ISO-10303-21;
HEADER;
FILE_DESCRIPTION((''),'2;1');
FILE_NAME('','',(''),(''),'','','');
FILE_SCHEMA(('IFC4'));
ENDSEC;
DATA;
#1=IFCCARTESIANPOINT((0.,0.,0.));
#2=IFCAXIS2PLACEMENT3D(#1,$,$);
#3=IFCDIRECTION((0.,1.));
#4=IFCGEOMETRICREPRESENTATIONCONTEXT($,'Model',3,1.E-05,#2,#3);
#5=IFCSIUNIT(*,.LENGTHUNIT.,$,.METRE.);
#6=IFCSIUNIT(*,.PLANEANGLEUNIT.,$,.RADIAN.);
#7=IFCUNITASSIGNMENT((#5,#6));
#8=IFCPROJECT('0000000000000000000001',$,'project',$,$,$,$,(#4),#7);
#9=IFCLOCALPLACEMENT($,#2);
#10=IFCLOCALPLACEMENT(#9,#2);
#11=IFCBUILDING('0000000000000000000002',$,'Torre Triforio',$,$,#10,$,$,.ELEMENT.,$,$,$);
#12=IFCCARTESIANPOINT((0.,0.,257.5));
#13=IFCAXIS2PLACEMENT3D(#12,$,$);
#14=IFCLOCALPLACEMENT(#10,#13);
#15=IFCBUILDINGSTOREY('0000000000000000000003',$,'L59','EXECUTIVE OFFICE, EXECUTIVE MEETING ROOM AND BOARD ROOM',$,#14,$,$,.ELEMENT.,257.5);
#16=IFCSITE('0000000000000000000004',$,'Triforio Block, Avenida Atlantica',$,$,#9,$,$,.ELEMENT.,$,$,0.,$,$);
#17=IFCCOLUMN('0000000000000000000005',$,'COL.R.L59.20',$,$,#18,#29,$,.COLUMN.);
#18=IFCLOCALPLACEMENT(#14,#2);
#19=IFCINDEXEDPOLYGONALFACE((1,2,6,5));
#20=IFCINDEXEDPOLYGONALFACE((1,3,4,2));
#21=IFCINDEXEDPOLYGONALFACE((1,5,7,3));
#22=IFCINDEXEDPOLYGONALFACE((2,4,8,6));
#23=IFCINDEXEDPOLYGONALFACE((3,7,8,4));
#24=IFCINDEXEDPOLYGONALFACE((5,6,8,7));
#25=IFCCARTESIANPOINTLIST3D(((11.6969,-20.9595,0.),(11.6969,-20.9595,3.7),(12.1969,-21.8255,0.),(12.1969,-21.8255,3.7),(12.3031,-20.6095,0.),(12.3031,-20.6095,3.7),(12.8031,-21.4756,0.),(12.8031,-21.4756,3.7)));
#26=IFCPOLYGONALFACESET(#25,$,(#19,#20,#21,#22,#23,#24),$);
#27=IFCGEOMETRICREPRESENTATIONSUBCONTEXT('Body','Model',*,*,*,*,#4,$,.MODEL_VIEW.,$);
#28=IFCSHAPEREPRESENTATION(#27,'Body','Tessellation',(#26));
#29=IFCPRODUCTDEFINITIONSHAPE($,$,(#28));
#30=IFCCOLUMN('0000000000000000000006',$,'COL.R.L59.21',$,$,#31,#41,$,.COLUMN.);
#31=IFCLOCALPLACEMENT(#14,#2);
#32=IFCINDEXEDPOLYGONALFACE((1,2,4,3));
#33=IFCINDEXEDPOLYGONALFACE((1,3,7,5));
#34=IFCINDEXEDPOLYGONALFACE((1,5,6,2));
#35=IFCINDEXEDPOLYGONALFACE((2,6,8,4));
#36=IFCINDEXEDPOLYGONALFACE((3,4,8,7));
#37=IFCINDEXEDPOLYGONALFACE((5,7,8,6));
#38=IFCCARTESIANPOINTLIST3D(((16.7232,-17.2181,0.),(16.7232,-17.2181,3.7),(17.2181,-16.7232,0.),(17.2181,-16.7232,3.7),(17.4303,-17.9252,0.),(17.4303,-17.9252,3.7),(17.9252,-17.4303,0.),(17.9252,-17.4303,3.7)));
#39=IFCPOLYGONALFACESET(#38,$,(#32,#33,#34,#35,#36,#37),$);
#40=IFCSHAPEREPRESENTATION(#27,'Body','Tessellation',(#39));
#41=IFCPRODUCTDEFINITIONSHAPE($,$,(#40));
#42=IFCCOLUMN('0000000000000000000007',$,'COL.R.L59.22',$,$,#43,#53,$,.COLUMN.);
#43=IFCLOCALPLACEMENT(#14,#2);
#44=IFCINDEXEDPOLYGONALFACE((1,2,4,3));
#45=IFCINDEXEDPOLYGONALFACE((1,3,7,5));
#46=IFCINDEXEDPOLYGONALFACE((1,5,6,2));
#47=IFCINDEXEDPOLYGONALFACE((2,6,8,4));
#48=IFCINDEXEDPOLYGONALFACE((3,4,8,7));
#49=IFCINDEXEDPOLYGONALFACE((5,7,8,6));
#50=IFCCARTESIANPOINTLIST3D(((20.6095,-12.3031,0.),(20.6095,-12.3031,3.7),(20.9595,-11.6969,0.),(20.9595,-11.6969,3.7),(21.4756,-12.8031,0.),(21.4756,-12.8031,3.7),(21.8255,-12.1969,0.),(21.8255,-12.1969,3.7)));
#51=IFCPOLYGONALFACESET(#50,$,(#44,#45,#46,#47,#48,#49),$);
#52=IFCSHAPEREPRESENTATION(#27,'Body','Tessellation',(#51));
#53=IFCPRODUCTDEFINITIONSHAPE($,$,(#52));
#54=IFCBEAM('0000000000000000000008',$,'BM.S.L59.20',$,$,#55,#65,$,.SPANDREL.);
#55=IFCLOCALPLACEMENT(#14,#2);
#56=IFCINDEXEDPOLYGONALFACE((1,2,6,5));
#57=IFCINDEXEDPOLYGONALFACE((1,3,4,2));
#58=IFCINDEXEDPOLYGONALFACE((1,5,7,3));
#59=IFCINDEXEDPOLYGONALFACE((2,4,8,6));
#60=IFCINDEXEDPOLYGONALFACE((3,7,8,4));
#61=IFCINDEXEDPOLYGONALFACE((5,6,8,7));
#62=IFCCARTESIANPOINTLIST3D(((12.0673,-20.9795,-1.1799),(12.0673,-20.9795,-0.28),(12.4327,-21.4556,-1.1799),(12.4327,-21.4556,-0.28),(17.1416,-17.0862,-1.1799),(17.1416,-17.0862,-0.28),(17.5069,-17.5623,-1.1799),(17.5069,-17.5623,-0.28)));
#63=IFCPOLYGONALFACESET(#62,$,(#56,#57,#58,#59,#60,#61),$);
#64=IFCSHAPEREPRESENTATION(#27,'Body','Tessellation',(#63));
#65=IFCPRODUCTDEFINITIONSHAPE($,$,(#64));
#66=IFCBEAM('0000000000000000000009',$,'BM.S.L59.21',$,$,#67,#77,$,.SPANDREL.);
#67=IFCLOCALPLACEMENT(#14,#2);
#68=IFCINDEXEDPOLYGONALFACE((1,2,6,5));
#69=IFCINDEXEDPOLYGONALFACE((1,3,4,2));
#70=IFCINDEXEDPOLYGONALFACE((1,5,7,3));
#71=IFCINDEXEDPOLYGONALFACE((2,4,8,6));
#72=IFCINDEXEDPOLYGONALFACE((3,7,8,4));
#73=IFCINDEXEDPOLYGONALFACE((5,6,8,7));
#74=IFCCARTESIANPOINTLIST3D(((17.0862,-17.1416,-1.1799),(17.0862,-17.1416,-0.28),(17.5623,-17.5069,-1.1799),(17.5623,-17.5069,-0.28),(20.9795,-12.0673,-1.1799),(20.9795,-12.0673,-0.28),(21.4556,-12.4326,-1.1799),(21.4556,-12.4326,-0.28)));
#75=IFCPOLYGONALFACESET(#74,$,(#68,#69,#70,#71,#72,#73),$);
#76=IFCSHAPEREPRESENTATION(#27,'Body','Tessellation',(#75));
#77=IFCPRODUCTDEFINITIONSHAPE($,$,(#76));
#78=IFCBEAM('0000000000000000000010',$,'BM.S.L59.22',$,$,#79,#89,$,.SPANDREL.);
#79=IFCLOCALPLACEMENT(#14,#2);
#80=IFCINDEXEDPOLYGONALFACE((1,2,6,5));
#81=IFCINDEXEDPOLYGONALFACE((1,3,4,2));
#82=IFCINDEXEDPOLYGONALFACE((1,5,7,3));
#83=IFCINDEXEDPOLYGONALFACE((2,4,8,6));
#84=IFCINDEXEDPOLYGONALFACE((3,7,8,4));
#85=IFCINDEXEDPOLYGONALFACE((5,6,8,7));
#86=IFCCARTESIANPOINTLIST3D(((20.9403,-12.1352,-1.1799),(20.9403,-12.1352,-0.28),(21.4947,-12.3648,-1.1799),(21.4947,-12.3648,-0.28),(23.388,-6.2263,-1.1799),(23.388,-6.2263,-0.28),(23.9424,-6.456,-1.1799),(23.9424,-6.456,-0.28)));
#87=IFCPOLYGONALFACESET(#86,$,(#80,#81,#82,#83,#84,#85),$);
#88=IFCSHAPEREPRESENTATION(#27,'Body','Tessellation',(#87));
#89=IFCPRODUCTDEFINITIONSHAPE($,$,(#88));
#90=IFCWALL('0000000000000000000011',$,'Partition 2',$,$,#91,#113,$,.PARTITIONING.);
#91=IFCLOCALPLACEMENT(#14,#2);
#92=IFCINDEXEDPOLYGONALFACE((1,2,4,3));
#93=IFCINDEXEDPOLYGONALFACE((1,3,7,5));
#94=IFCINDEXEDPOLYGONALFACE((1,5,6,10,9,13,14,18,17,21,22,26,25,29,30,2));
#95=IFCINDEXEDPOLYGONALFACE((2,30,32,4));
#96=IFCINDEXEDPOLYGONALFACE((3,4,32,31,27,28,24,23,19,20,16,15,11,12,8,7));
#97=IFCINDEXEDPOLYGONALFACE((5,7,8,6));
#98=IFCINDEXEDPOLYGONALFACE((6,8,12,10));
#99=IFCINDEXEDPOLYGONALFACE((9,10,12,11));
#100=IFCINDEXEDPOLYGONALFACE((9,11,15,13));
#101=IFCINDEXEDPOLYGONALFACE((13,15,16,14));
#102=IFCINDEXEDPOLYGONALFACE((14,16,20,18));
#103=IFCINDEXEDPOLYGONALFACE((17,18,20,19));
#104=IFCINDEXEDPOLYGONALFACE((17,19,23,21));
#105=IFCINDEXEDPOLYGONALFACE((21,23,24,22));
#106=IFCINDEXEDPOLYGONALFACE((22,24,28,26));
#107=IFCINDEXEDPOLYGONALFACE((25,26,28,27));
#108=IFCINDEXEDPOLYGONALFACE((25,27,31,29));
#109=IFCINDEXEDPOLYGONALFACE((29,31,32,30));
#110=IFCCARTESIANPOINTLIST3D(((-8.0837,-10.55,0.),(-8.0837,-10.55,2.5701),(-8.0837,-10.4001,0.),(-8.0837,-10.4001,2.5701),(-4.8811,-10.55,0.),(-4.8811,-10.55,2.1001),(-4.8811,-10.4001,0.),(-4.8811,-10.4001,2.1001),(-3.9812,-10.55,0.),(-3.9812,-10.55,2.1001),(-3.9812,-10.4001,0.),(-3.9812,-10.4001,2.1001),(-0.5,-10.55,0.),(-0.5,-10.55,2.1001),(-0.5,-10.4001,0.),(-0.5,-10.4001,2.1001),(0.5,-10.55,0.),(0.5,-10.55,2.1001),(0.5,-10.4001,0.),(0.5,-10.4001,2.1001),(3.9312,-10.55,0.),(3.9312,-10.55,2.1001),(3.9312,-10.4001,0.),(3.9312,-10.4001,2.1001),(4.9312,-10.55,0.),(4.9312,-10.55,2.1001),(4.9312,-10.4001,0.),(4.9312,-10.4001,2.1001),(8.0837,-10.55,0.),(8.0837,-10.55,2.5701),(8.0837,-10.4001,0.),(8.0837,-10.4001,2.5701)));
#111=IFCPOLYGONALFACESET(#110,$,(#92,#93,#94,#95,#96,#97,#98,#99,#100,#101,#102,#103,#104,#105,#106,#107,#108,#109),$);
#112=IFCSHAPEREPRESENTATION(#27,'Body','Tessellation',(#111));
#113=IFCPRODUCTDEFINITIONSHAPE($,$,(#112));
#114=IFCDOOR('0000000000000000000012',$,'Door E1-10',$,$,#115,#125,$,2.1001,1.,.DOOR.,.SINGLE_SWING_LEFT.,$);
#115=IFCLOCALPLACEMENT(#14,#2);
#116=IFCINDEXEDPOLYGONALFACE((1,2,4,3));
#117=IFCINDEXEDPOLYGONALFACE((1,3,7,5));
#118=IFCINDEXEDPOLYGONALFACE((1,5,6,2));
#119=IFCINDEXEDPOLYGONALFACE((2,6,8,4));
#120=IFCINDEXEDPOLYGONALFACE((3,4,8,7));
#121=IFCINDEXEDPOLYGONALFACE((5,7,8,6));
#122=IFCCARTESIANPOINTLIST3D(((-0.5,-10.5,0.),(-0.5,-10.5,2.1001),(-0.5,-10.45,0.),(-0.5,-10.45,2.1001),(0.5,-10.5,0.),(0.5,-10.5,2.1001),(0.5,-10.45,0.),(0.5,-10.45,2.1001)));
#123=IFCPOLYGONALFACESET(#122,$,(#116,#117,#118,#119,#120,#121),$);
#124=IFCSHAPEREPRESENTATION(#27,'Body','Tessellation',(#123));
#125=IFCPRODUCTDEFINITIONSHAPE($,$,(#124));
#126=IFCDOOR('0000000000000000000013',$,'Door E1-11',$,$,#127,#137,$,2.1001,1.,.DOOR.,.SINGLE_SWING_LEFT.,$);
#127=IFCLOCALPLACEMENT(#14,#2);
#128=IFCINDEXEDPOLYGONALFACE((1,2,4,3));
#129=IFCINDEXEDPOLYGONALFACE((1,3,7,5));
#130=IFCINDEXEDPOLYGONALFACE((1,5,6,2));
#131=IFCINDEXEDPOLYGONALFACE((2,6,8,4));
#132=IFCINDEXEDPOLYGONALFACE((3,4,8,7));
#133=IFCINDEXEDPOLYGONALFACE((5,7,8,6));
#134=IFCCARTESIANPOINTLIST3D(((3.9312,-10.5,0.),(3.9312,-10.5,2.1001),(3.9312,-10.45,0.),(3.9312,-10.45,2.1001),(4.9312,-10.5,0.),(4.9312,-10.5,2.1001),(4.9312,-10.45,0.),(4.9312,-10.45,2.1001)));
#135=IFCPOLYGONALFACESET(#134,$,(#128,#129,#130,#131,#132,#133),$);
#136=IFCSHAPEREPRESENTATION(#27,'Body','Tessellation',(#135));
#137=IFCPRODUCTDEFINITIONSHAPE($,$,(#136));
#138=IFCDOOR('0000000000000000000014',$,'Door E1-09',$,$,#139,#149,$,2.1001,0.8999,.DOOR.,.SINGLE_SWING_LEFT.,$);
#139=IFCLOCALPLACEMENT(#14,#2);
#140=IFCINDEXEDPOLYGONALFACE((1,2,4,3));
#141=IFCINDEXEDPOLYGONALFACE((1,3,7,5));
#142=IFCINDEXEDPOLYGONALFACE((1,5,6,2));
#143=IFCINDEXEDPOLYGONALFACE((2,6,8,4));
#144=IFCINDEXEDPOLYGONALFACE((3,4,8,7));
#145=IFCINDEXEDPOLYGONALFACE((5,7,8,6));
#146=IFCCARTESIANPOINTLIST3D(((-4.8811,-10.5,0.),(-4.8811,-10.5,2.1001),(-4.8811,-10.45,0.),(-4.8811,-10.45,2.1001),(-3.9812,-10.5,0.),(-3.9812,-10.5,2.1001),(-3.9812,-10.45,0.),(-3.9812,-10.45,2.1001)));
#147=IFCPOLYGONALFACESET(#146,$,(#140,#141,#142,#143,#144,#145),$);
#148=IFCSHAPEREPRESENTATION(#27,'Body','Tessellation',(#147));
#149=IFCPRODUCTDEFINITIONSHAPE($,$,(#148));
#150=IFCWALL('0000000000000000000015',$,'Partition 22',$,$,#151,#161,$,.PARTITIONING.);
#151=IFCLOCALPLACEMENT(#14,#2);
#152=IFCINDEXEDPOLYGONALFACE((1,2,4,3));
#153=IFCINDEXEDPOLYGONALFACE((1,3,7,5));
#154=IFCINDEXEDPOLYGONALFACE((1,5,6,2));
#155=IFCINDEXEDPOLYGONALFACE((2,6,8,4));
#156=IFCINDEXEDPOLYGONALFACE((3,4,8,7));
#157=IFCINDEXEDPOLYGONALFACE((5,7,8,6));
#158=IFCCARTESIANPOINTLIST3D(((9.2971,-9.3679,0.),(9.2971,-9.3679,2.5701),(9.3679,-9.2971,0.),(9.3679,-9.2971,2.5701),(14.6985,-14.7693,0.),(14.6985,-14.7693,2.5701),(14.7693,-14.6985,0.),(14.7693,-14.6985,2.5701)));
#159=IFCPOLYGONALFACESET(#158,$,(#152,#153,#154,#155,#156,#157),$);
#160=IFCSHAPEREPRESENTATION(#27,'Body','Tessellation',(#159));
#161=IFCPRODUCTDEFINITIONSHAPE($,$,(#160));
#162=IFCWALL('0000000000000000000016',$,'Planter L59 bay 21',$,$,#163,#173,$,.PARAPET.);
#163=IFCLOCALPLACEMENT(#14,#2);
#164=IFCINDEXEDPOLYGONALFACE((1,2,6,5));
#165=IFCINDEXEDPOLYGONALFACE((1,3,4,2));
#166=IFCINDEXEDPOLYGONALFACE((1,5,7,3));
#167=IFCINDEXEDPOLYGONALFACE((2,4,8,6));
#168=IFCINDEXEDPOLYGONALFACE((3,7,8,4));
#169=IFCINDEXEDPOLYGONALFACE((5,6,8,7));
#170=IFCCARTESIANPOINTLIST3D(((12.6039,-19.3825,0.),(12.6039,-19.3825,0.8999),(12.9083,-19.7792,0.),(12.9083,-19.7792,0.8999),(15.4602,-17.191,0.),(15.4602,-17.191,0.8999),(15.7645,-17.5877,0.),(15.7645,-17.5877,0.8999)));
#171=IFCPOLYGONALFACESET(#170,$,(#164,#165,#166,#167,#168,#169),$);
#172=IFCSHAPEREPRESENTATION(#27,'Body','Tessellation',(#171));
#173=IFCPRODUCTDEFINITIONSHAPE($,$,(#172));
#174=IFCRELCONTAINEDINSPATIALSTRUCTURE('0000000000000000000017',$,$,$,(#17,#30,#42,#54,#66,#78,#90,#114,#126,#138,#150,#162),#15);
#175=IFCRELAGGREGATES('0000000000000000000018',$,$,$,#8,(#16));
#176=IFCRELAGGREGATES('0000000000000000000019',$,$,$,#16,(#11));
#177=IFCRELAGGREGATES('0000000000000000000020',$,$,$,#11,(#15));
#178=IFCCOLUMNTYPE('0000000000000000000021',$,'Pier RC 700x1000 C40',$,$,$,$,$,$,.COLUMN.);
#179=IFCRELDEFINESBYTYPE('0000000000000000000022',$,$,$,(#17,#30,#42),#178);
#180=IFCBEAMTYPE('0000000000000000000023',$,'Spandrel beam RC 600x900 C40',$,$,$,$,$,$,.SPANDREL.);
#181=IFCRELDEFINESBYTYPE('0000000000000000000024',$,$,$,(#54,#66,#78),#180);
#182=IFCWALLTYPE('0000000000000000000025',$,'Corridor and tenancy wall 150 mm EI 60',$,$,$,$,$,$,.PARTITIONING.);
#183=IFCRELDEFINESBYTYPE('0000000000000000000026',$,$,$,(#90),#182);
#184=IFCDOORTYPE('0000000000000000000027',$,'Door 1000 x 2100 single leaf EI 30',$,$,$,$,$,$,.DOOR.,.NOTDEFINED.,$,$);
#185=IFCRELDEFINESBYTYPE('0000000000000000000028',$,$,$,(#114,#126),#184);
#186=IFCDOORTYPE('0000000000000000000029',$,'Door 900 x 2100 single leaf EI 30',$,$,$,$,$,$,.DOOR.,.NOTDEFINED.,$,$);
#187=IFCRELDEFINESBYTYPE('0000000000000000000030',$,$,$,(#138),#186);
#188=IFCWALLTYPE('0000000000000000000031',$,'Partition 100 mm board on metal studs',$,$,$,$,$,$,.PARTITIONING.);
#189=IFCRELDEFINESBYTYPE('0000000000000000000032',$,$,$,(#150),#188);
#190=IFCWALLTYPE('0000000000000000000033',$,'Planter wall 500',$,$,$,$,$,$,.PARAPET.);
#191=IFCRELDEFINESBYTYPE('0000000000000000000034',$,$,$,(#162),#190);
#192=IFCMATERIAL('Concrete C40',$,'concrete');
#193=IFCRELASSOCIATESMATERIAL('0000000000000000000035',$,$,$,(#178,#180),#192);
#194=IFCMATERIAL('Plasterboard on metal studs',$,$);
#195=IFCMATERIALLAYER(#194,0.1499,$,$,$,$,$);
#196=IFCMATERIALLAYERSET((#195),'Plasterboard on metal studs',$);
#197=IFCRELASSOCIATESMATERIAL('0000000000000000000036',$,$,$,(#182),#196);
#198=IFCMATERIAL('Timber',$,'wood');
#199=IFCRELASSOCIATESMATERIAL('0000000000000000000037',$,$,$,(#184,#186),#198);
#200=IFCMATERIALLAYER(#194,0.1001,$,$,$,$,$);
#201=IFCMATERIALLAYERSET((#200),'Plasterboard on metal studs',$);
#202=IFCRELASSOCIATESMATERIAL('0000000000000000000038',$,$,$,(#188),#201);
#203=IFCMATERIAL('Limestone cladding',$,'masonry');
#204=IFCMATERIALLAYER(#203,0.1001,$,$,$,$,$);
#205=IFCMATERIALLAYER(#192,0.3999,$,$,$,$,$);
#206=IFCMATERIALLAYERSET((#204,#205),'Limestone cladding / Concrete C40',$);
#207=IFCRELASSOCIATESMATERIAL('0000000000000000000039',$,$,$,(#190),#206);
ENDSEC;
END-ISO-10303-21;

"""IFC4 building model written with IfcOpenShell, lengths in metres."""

from ifc_helpers import new_model, si_unit, direction, frame, frame_2d, origin, origin_2d, place, context, subcontext, project, spatial, rectangle, extrude, material, layer, layer_set, material_profile, profile_set, type_object, element, fill, save


model = new_model("IFC4")

# Units and contexts
model_context = context("Model", 3, precision=1e-05, world=origin(), true_north=direction((0.0, 1.0)))
body_context = subcontext(model_context, "Body", "Model", "MODEL_VIEW")
ifc_project = project(units=[si_unit("LENGTHUNIT", "METRE"), si_unit("PLANEANGLEUNIT", "RADIAN")], contexts=[model_context])

# Site, building, storey
site_placement = place(None, origin())
site = spatial("IfcSite", under=ifc_project, at=site_placement, Name="Triforio Block, Avenida Atlantica", CompositionType="ELEMENT", RefElevation=0.0)
building_placement = place(site_placement, origin())
building = spatial("IfcBuilding", under=site, at=building_placement, Name="Torre Triforio", CompositionType="ELEMENT")
storey_placement = place(building_placement, frame((0.0, 0.0, 257.5)))
storey = spatial("IfcBuildingStorey", under=building, at=storey_placement, Name="L59", Description="EXECUTIVE OFFICE, EXECUTIVE MEETING ROOM AND BOARD ROOM", CompositionType="ELEMENT", Elevation=257.5)

# Columns
ifc_material_1 = material(Name="Concrete C40", Category="concrete")
ifc_material_profile_1 = material_profile(ifc_material_1, rectangle(XDim=0.7, YDim=1.0, at=origin_2d()), Name="RC 700x1000")
ifc_profile_set_1 = profile_set([ifc_material_profile_1], Name="Concrete C40")
column_type = type_object("IfcColumnType", Name="Pier RC 700x1000 C40", PredefinedType="COLUMN", material=ifc_profile_set_1)
for number, where, z_axis, x_axis, name in (
    (1, (12.25, -21.2175, 0.0), (0.0, 0.0, 1.0), (0.866025, 0.5, 0.0), "COL.R.L59.20"),
    (2, (17.3242, -17.3242, 0.0), (0.0, 0.0, 1.0), (0.707107, 0.707107, 0.0), "COL.R.L59.21"),
    (3, (21.2175, -12.25, 0.0), (0.0, 0.0, 1.0), (0.5, 0.866025, 0.0), "COL.R.L59.22"),
):
    element("IfcColumn", number, at=place(storey_placement, frame(where, z_axis=z_axis, x_axis=x_axis)), inside=storey, type_object=column_type, Name=name, PredefinedType="COLUMN", context=body_context, shape_type="SweptSolid", body=[
        extrude(rectangle(XDim=0.7, YDim=1.0, at=origin_2d()), origin(), (0.0, 0.0, 1.0), 3.7),
    ])

# Beams
ifc_material_profile_2 = material_profile(ifc_material_1, rectangle(XDim=0.6001, YDim=0.8999, at=origin_2d()), Name="RC 600x900")
ifc_profile_set_2 = profile_set([ifc_material_profile_2], Name="Concrete C40")
beam_type = type_object("IfcBeamType", Name="Spandrel beam RC 600x900 C40", PredefinedType="SPANDREL", material=ifc_profile_set_2)
for number, where, z_axis, x_axis, name in (
    (4, (12.25, -21.2175, -0.73), (0.793374, 0.608734, 0.0), (-0.608734, 0.793374, 0.0), "BM.S.L59.20"),
    (5, (17.3242, -17.3242, -0.73), (0.608734, 0.793374, 0.0), (-0.793374, 0.608734, 0.0), "BM.S.L59.21"),
    (6, (21.2175, -12.25, -0.73), (0.382709, 0.923869, 0.0), (-0.923869, 0.382709, 0.0), "BM.S.L59.22"),
):
    element("IfcBeam", number, at=place(storey_placement, frame(where, z_axis=z_axis, x_axis=x_axis)), inside=storey, type_object=beam_type, Name=name, PredefinedType="SPANDREL", context=body_context, shape_type="SweptSolid", body=[
        extrude(rectangle(XDim=0.6001, YDim=0.8999, at=origin_2d()), origin(), (0.0, 0.0, 1.0), 6.3958),
    ])

# Wall, openings, doors
ifc_material_2 = material(Name="Plasterboard on metal studs")
ifc_layer_1 = layer(ifc_material_2, 0.1499)
ifc_layer_set_1 = layer_set([ifc_layer_1], Name="Plasterboard on metal studs")
wall_type_1 = type_object("IfcWallType", Name="Corridor and tenancy wall 150 mm EI 60", PredefinedType="PARTITIONING", material=ifc_layer_set_1)
wall_1_placement = place(storey_placement, frame((8.0837, -10.4751, 0.0), z_axis=(0.0, 0.0, 1.0), x_axis=(-1.0, 0.0, 0.0)))
wall_1 = element("IfcWall", 7, at=wall_1_placement, inside=storey, type_object=wall_type_1, Name="Partition 2", PredefinedType="PARTITIONING", context=body_context, shape_type="SweptSolid", body=[
    extrude(rectangle(XDim=16.1675, YDim=0.1499, at=frame_2d((8.0837, 0.0))), origin(), (0.0, 0.0, 1.0), 2.5701),
])
opening_1_placement = place(wall_1_placement, frame((12.0649, 0.0, 0.0)))
opening_1 = element("IfcOpeningElement", 8, at=opening_1_placement, cuts=wall_1, PredefinedType="OPENING", context=body_context, shape_type="SweptSolid", body=[
    extrude(rectangle(XDim=0.8999, YDim=2.1001, at=frame_2d((0.45, 1.05))), frame((0.0, 0.085, 0.0), z_axis=(0.0, -1.0, 0.0), x_axis=(1.0, 0.0, 0.0)), (0.0, 0.0, 1.0), 0.1699),
])
opening_2_placement = place(wall_1_placement, frame((7.5837, 0.0, 0.0)))
opening_2 = element("IfcOpeningElement", 9, at=opening_2_placement, cuts=wall_1, PredefinedType="OPENING", context=body_context, shape_type="SweptSolid", body=[
    extrude(rectangle(XDim=1.0, YDim=2.1001, at=frame_2d((0.5, 1.05))), frame((0.0, 0.085, 0.0), z_axis=(0.0, -1.0, 0.0), x_axis=(1.0, 0.0, 0.0)), (0.0, 0.0, 1.0), 0.1699),
])
opening_3_placement = place(wall_1_placement, frame((3.1526, 0.0, 0.0)))
opening_3 = element("IfcOpeningElement", 10, at=opening_3_placement, cuts=wall_1, PredefinedType="OPENING", context=body_context, shape_type="SweptSolid", body=[
    extrude(rectangle(XDim=1.0, YDim=2.1001, at=frame_2d((0.5, 1.05))), frame((0.0, 0.085, 0.0), z_axis=(0.0, -1.0, 0.0), x_axis=(1.0, 0.0, 0.0)), (0.0, 0.0, 1.0), 0.1699),
])
ifc_material_3 = material(Name="Timber", Category="wood")
door_type_1 = type_object("IfcDoorType", Name="Door 1000 x 2100 single leaf EI 30", OperationType="NOTDEFINED", PredefinedType="DOOR", material=ifc_material_3)
door_1_placement = place(opening_2_placement, origin())
door_1 = element("IfcDoor", 11, at=door_1_placement, inside=storey, type_object=door_type_1, Name="Door E1-10", OperationType="SINGLE_SWING_LEFT", OverallHeight=2.1001, OverallWidth=1.0, PredefinedType="DOOR", context=body_context, shape_type="SweptSolid", body=[
    extrude(rectangle(XDim=1.0, YDim=2.1001, at=frame_2d((0.5, 1.05))), frame((0.0, 0.0249, 0.0), z_axis=(0.0, -1.0, 0.0), x_axis=(1.0, 0.0, 0.0)), (0.0, 0.0, 1.0), 0.05),
])
fill(opening_2, door_1)
door_2_placement = place(opening_3_placement, origin())
door_2 = element("IfcDoor", 12, at=door_2_placement, inside=storey, type_object=door_type_1, Name="Door E1-11", OperationType="SINGLE_SWING_LEFT", OverallHeight=2.1001, OverallWidth=1.0, PredefinedType="DOOR", context=body_context, shape_type="SweptSolid", body=[
    extrude(rectangle(XDim=1.0, YDim=2.1001, at=frame_2d((0.5, 1.05))), frame((0.0, 0.0249, 0.0), z_axis=(0.0, -1.0, 0.0), x_axis=(1.0, 0.0, 0.0)), (0.0, 0.0, 1.0), 0.05),
])
fill(opening_3, door_2)
door_type_2 = type_object("IfcDoorType", Name="Door 900 x 2100 single leaf EI 30", OperationType="NOTDEFINED", PredefinedType="DOOR", material=ifc_material_3)
door_3_placement = place(opening_1_placement, origin())
door_3 = element("IfcDoor", 13, at=door_3_placement, inside=storey, type_object=door_type_2, Name="Door E1-09", OperationType="SINGLE_SWING_LEFT", OverallHeight=2.1001, OverallWidth=0.8999, PredefinedType="DOOR", context=body_context, shape_type="SweptSolid", body=[
    extrude(rectangle(XDim=0.8999, YDim=2.1001, at=frame_2d((0.45, 1.05))), frame((0.0, 0.0249, 0.0), z_axis=(0.0, -1.0, 0.0), x_axis=(1.0, 0.0, 0.0)), (0.0, 0.0, 1.0), 0.05),
])
fill(opening_1, door_3)

# Walls
ifc_layer_2 = layer(ifc_material_2, 0.1001)
ifc_layer_set_2 = layer_set([ifc_layer_2], Name="Plasterboard on metal studs")
wall_type_2 = type_object("IfcWallType", Name="Partition 100 mm board on metal studs", PredefinedType="PARTITIONING", material=ifc_layer_set_2)
wall_2_placement = place(storey_placement, frame((9.3325, -9.3325, 0.0), z_axis=(0.0, 0.0, 1.0), x_axis=(0.707107, -0.707107, 0.0)))
element("IfcWall", 14, at=wall_2_placement, inside=storey, type_object=wall_type_2, Name="Partition 22", PredefinedType="PARTITIONING", context=body_context, shape_type="SweptSolid", body=[
    extrude(rectangle(XDim=7.6387, YDim=0.1001, at=frame_2d((3.8193, 0.0))), origin(), (0.0, 0.0, 1.0), 2.5701),
])
ifc_material_4 = material(Name="Limestone cladding", Category="masonry")
ifc_layer_3 = layer(ifc_material_4, 0.1001)
ifc_layer_4 = layer(ifc_material_1, 0.3999)
ifc_layer_set_3 = layer_set([ifc_layer_3, ifc_layer_4], Name="Limestone cladding / Concrete C40")
wall_type_3 = type_object("IfcWallType", Name="Planter wall 500", PredefinedType="PARAPET", material=ifc_layer_set_3)
wall_3_placement = place(storey_placement, frame((12.7561, -19.5808, 0.0), z_axis=(0.0, 0.0, 1.0), x_axis=(0.793385, 0.608721, 0.0)))
element("IfcWall", 15, at=wall_3_placement, inside=storey, type_object=wall_type_3, Name="Planter L59 bay 21", PredefinedType="PARAPET", context=body_context, shape_type="SweptSolid", body=[
    extrude(rectangle(XDim=3.6001, YDim=0.5, at=frame_2d((1.8, 0.0))), origin(), (0.0, 0.0, 1.0), 0.8999),
])

save(model, "model.ifc")
